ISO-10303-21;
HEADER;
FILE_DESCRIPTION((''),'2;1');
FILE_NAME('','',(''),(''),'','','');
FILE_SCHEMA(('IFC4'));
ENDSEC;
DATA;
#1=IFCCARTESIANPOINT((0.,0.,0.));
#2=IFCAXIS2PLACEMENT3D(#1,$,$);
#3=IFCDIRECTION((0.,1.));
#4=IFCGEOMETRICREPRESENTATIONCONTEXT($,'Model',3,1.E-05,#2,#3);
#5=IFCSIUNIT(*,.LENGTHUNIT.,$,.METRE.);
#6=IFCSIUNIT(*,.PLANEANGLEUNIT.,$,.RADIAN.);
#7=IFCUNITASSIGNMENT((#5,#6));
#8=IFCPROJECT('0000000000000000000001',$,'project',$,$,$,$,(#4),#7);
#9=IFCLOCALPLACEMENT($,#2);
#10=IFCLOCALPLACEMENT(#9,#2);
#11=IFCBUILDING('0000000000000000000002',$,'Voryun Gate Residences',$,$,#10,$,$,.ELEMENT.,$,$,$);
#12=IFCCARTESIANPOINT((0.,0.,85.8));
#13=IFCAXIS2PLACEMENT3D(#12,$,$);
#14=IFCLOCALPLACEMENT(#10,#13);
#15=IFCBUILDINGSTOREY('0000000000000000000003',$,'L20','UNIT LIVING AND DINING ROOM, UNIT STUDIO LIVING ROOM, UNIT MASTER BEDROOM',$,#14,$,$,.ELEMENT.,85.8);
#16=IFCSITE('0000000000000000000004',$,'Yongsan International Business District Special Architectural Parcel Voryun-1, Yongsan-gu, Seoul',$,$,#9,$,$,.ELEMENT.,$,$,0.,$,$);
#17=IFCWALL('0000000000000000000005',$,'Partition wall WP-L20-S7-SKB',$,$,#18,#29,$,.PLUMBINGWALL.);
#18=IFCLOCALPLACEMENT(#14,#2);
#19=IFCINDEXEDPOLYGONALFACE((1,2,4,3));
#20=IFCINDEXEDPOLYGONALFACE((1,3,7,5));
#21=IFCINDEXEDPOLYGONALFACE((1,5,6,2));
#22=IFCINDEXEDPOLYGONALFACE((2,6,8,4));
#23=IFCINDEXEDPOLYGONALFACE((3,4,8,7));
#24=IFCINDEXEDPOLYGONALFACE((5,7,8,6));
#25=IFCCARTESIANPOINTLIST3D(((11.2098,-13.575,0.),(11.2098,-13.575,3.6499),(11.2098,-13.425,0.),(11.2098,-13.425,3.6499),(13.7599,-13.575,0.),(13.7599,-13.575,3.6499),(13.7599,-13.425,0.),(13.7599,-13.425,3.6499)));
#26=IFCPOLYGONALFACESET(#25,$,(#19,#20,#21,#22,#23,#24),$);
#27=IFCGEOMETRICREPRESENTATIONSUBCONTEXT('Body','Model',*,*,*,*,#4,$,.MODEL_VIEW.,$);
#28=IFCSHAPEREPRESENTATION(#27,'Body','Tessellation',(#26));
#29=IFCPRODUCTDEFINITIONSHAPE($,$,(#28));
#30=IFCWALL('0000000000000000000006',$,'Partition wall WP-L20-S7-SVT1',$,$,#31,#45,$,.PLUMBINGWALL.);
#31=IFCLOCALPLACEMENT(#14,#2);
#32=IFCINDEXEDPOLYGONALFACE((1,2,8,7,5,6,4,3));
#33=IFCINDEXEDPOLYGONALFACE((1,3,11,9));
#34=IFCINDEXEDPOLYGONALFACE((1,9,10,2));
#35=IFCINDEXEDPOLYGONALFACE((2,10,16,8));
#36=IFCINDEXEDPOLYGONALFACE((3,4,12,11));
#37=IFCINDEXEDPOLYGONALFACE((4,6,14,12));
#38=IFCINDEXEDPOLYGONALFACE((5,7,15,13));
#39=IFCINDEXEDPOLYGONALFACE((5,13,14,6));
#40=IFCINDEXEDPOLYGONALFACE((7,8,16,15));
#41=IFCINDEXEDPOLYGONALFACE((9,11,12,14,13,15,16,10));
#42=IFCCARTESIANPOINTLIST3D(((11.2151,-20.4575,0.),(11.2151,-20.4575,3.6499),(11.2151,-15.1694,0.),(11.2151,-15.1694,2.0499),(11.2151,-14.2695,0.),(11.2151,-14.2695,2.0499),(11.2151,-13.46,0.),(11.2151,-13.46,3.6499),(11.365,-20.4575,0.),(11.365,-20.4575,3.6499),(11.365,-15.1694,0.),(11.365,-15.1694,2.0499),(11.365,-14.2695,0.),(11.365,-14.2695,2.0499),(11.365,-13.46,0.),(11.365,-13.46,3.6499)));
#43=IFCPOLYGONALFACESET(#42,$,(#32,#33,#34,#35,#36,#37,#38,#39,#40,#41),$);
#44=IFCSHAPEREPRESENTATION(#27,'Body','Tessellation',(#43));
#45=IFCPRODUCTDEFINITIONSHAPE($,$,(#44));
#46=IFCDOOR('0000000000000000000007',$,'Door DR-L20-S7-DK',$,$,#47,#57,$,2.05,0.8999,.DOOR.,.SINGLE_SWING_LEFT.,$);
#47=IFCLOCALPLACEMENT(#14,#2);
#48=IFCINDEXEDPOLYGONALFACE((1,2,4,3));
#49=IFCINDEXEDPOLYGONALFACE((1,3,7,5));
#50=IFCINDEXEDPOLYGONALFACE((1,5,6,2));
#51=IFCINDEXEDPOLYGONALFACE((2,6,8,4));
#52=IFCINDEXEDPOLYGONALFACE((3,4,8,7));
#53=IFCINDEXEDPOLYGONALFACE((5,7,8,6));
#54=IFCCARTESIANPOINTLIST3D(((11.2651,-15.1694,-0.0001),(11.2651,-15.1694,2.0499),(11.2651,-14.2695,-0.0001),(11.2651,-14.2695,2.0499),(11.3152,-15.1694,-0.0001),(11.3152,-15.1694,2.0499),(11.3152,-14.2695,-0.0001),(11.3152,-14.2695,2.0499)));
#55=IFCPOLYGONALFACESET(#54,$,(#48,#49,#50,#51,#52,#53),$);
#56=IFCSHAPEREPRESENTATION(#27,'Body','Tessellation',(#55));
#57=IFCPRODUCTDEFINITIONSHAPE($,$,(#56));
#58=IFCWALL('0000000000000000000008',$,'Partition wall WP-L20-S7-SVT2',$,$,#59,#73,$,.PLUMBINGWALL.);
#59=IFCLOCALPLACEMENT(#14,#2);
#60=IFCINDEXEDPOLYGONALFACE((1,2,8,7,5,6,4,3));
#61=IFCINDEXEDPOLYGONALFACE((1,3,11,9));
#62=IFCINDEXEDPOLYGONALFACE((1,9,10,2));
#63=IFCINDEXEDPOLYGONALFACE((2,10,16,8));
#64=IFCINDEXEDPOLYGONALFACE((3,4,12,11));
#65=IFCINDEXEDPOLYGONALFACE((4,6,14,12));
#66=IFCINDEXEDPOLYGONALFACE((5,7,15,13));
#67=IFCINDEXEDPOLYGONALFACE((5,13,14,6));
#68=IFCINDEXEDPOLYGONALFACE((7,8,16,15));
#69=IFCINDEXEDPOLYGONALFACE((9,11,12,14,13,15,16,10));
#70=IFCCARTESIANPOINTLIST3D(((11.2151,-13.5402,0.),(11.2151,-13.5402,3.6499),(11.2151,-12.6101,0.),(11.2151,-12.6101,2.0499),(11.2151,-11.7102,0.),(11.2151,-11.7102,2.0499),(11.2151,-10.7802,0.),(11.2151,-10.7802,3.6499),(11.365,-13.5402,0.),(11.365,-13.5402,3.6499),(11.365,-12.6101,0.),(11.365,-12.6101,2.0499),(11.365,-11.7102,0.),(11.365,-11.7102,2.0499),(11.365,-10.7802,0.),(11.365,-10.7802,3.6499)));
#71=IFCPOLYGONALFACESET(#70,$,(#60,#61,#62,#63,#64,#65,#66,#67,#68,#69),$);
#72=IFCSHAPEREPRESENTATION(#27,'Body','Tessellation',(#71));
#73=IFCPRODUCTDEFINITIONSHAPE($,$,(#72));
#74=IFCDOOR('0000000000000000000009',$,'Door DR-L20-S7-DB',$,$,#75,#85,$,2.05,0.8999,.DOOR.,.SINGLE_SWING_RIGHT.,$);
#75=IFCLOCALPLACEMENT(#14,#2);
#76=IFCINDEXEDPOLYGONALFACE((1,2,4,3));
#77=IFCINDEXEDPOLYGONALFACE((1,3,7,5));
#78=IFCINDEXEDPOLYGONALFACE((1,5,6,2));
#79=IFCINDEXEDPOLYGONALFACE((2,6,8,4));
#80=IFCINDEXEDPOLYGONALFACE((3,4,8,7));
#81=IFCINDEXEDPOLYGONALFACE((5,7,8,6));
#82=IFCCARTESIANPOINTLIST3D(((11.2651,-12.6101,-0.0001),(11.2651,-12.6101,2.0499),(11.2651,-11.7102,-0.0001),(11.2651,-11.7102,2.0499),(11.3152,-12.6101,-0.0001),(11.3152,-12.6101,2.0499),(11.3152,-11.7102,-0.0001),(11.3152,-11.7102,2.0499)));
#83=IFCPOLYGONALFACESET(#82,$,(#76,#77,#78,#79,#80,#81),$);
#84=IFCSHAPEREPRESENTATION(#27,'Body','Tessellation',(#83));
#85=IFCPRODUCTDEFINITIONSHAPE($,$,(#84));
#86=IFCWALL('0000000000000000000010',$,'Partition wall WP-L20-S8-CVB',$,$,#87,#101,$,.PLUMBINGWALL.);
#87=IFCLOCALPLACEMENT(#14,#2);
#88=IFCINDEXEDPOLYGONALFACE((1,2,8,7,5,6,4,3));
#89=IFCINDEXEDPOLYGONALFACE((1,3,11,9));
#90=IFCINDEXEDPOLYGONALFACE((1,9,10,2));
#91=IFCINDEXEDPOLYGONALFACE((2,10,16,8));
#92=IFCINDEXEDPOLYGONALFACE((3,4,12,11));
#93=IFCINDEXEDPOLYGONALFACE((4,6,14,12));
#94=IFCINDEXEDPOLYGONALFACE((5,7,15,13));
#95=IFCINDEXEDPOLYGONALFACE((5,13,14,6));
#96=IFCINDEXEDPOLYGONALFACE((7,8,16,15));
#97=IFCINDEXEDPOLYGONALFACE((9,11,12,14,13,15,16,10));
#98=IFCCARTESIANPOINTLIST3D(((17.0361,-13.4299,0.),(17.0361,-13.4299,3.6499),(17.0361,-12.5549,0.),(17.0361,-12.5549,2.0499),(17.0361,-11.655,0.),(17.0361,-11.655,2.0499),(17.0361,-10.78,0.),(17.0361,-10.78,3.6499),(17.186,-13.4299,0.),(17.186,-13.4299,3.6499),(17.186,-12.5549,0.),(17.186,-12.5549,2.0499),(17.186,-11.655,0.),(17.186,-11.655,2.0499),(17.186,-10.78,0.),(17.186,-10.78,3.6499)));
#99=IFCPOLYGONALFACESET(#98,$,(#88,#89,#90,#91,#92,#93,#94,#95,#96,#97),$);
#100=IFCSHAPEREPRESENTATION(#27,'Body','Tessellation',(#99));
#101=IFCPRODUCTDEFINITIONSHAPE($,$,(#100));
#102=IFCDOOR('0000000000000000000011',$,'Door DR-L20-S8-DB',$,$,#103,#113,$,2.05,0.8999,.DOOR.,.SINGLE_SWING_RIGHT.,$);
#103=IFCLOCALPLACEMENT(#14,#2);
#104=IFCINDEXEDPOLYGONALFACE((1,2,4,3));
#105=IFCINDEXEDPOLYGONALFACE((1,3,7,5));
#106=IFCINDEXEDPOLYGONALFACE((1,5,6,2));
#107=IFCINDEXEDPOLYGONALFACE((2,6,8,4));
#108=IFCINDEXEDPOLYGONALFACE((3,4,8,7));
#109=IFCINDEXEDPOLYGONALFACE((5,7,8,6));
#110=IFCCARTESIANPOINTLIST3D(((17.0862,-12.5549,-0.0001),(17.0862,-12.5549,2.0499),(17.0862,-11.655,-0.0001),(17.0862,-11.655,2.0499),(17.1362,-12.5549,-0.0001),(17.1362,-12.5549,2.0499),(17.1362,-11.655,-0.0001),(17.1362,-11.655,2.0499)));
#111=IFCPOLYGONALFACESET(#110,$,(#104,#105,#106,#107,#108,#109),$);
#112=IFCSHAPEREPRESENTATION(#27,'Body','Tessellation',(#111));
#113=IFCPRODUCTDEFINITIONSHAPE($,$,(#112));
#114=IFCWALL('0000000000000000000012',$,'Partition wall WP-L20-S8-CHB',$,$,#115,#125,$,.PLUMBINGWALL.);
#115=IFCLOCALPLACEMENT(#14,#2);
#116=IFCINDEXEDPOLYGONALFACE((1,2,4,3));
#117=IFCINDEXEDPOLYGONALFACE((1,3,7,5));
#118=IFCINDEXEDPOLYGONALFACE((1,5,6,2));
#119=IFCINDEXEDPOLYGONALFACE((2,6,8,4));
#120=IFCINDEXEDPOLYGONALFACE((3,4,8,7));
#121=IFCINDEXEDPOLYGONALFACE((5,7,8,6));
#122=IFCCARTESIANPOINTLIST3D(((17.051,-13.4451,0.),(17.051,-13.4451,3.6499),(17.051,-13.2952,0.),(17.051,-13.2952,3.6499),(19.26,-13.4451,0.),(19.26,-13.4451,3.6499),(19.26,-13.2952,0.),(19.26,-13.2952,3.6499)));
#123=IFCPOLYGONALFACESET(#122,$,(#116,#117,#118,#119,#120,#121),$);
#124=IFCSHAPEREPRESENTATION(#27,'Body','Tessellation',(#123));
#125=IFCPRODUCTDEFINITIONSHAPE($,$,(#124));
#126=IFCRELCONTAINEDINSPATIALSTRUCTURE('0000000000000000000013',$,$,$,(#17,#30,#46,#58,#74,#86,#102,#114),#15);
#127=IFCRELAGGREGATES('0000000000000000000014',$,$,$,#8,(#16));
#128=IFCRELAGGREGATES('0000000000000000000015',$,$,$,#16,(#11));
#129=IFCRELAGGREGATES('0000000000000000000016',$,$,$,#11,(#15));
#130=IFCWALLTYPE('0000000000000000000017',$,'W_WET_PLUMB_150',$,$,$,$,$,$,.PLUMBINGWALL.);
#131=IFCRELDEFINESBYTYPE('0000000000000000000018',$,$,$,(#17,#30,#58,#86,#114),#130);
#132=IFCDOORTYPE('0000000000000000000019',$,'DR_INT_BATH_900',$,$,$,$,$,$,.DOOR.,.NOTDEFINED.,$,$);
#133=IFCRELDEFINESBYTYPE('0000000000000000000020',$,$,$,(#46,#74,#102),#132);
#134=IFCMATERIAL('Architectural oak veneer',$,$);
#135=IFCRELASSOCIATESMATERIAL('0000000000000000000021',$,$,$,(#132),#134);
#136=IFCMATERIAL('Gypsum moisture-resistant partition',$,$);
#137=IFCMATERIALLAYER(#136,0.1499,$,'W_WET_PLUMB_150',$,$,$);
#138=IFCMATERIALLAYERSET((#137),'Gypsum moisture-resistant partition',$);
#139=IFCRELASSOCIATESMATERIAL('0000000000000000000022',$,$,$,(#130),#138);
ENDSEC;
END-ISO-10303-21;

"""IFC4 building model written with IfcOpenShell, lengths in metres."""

from ifc_helpers import new_model, si_unit, direction, frame, frame_2d, origin, place, context, subcontext, project, spatial, rectangle, extrude, material, layer, layer_set, type_object, element, fill, save


model = new_model("IFC4")

# Units and contexts
model_context = context("Model", 3, precision=1e-05, world=origin(), true_north=direction((0.0, 1.0)))
body_context = subcontext(model_context, "Body", "Model", "MODEL_VIEW")
ifc_project = project(units=[si_unit("LENGTHUNIT", "METRE"), si_unit("PLANEANGLEUNIT", "RADIAN")], contexts=[model_context])

# Site, building, storey
site_placement = place(None, origin())
site = spatial("IfcSite", under=ifc_project, at=site_placement, Name="Yongsan International Business District Special Architectural Parcel Voryun-1, Yongsan-gu, Seoul", CompositionType="ELEMENT", RefElevation=0.0)
building_placement = place(site_placement, origin())
building = spatial("IfcBuilding", under=site, at=building_placement, Name="Voryun Gate Residences", CompositionType="ELEMENT")
storey_placement = place(building_placement, frame((0.0, 0.0, 85.8)))
storey = spatial("IfcBuildingStorey", under=building, at=storey_placement, Name="L20", Description="UNIT LIVING AND DINING ROOM, UNIT STUDIO LIVING ROOM, UNIT MASTER BEDROOM", CompositionType="ELEMENT", Elevation=85.8)

# Shared definitions
ifc_material_1 = material(Name="Architectural oak veneer")
door_type_1 = type_object("IfcDoorType", Name="DR_INT_BATH_900", OperationType="NOTDEFINED", PredefinedType="DOOR", material=ifc_material_1)

# Shared definitions
ifc_material_2 = material(Name="Gypsum moisture-resistant partition")
ifc_layer_1 = layer(ifc_material_2, 0.1499, Name="W_WET_PLUMB_150")
ifc_layer_set_1 = layer_set([ifc_layer_1], Name="Gypsum moisture-resistant partition")
wall_type_1 = type_object("IfcWallType", Name="W_WET_PLUMB_150", PredefinedType="PLUMBINGWALL", material=ifc_layer_set_1)

# Wall
wall_1_placement = place(storey_placement, frame((11.21, -13.5, 0.0), z_axis=(0.0, 0.0, 1.0), x_axis=(1.0, 0.0, 0.0)))
element("IfcWall", 1, at=wall_1_placement, inside=storey, type_object=wall_type_1, Name="Partition wall WP-L20-S7-SKB", PredefinedType="PLUMBINGWALL", context=body_context, shape_type="SweptSolid", body=[
    extrude(rectangle(XDim=2.55, YDim=0.1499, at=frame_2d((1.2749, 0.0))), origin(), (0.0, 0.0, 1.0), 3.6499),
])

# Walls, openings, doors
wall_2_placement = place(storey_placement, frame((11.29, -20.4575, 0.0), z_axis=(0.0, 0.0, 1.0), x_axis=(0.0, 1.0, 0.0)))
wall_2 = element("IfcWall", 2, at=wall_2_placement, inside=storey, type_object=wall_type_1, Name="Partition wall WP-L20-S7-SVT1", PredefinedType="PLUMBINGWALL", context=body_context, shape_type="SweptSolid", body=[
    extrude(rectangle(XDim=6.9976, YDim=0.1499, at=frame_2d((3.4988, 0.0))), origin(), (0.0, 0.0, 1.0), 3.6499),
])
opening_1_placement = place(wall_2_placement, frame((5.2881, 0.0, 0.0)))
opening_1 = element("IfcOpeningElement", 3, at=opening_1_placement, cuts=wall_2, PredefinedType="OPENING", context=body_context, shape_type="SweptSolid", body=[
    extrude(rectangle(XDim=0.8999, YDim=2.05, at=frame_2d((0.45, 1.0249))), frame((0.0, 0.085, 0.0), z_axis=(0.0, -1.0, 0.0), x_axis=(1.0, 0.0, 0.0)), (0.0, 0.0, 1.0), 0.1699),
])
door_1_placement = place(opening_1_placement, origin())
door_1 = element("IfcDoor", 4, at=door_1_placement, inside=storey, type_object=door_type_1, Name="Door DR-L20-S7-DK", OperationType="SINGLE_SWING_LEFT", OverallHeight=2.05, OverallWidth=0.8999, PredefinedType="DOOR", context=body_context, shape_type="SweptSolid", body=[
    extrude(rectangle(XDim=0.8999, YDim=2.05, at=frame_2d((0.45, 1.0249))), frame((0.0, 0.0249, 0.0), z_axis=(0.0, -1.0, 0.0), x_axis=(1.0, 0.0, 0.0)), (0.0, 0.0, 1.0), 0.05),
])
fill(opening_1, door_1)
wall_3_placement = place(storey_placement, frame((11.29, -13.54, 0.0), z_axis=(0.0, 0.0, 1.0), x_axis=(0.0, 1.0, 0.0)))
wall_3 = element("IfcWall", 5, at=wall_3_placement, inside=storey, type_object=wall_type_1, Name="Partition wall WP-L20-S7-SVT2", PredefinedType="PLUMBINGWALL", context=body_context, shape_type="SweptSolid", body=[
    extrude(rectangle(XDim=2.76, YDim=0.1499, at=frame_2d((1.3799, 0.0))), origin(), (0.0, 0.0, 1.0), 3.6499),
])
opening_2_placement = place(wall_3_placement, frame((0.9299, 0.0, 0.0)))
opening_2 = element("IfcOpeningElement", 6, at=opening_2_placement, cuts=wall_3, PredefinedType="OPENING", context=body_context, shape_type="SweptSolid", body=[
    extrude(rectangle(XDim=0.8999, YDim=2.05, at=frame_2d((0.45, 1.0249))), frame((0.0, 0.085, 0.0), z_axis=(0.0, -1.0, 0.0), x_axis=(1.0, 0.0, 0.0)), (0.0, 0.0, 1.0), 0.1699),
])
door_2_placement = place(opening_2_placement, origin())
door_2 = element("IfcDoor", 7, at=door_2_placement, inside=storey, type_object=door_type_1, Name="Door DR-L20-S7-DB", OperationType="SINGLE_SWING_RIGHT", OverallHeight=2.05, OverallWidth=0.8999, PredefinedType="DOOR", context=body_context, shape_type="SweptSolid", body=[
    extrude(rectangle(XDim=0.8999, YDim=2.05, at=frame_2d((0.45, 1.0249))), frame((0.0, 0.0249, 0.0), z_axis=(0.0, -1.0, 0.0), x_axis=(1.0, 0.0, 0.0)), (0.0, 0.0, 1.0), 0.05),
])
fill(opening_2, door_2)
wall_4_placement = place(storey_placement, frame((17.1111, -13.4299, 0.0), z_axis=(0.0, 0.0, 1.0), x_axis=(0.0, 1.0, 0.0)))
wall_4 = element("IfcWall", 8, at=wall_4_placement, inside=storey, type_object=wall_type_1, Name="Partition wall WP-L20-S8-CVB", PredefinedType="PLUMBINGWALL", context=body_context, shape_type="SweptSolid", body=[
    extrude(rectangle(XDim=2.6499, YDim=0.1499, at=frame_2d((1.325, 0.0))), origin(), (0.0, 0.0, 1.0), 3.6499),
])
opening_3_placement = place(wall_4_placement, frame((0.875, 0.0, 0.0)))
opening_3 = element("IfcOpeningElement", 9, at=opening_3_placement, cuts=wall_4, PredefinedType="OPENING", context=body_context, shape_type="SweptSolid", body=[
    extrude(rectangle(XDim=0.8999, YDim=2.05, at=frame_2d((0.45, 1.0249))), frame((0.0, 0.085, 0.0), z_axis=(0.0, -1.0, 0.0), x_axis=(1.0, 0.0, 0.0)), (0.0, 0.0, 1.0), 0.1699),
])
door_3_placement = place(opening_3_placement, origin())
door_3 = element("IfcDoor", 10, at=door_3_placement, inside=storey, type_object=door_type_1, Name="Door DR-L20-S8-DB", OperationType="SINGLE_SWING_RIGHT", OverallHeight=2.05, OverallWidth=0.8999, PredefinedType="DOOR", context=body_context, shape_type="SweptSolid", body=[
    extrude(rectangle(XDim=0.8999, YDim=2.05, at=frame_2d((0.45, 1.0249))), frame((0.0, 0.0249, 0.0), z_axis=(0.0, -1.0, 0.0), x_axis=(1.0, 0.0, 0.0)), (0.0, 0.0, 1.0), 0.05),
])
fill(opening_3, door_3)

# Wall
wall_5_placement = place(storey_placement, frame((17.051, -13.3701, 0.0), z_axis=(0.0, 0.0, 1.0), x_axis=(1.0, 0.0, 0.0)))
element("IfcWall", 11, at=wall_5_placement, inside=storey, type_object=wall_type_1, Name="Partition wall WP-L20-S8-CHB", PredefinedType="PLUMBINGWALL", context=body_context, shape_type="SweptSolid", body=[
    extrude(rectangle(XDim=2.209, YDim=0.1499, at=frame_2d((1.1045, 0.0))), origin(), (0.0, 0.0, 1.0), 3.6499),
])

save(model, "model.ifc")
